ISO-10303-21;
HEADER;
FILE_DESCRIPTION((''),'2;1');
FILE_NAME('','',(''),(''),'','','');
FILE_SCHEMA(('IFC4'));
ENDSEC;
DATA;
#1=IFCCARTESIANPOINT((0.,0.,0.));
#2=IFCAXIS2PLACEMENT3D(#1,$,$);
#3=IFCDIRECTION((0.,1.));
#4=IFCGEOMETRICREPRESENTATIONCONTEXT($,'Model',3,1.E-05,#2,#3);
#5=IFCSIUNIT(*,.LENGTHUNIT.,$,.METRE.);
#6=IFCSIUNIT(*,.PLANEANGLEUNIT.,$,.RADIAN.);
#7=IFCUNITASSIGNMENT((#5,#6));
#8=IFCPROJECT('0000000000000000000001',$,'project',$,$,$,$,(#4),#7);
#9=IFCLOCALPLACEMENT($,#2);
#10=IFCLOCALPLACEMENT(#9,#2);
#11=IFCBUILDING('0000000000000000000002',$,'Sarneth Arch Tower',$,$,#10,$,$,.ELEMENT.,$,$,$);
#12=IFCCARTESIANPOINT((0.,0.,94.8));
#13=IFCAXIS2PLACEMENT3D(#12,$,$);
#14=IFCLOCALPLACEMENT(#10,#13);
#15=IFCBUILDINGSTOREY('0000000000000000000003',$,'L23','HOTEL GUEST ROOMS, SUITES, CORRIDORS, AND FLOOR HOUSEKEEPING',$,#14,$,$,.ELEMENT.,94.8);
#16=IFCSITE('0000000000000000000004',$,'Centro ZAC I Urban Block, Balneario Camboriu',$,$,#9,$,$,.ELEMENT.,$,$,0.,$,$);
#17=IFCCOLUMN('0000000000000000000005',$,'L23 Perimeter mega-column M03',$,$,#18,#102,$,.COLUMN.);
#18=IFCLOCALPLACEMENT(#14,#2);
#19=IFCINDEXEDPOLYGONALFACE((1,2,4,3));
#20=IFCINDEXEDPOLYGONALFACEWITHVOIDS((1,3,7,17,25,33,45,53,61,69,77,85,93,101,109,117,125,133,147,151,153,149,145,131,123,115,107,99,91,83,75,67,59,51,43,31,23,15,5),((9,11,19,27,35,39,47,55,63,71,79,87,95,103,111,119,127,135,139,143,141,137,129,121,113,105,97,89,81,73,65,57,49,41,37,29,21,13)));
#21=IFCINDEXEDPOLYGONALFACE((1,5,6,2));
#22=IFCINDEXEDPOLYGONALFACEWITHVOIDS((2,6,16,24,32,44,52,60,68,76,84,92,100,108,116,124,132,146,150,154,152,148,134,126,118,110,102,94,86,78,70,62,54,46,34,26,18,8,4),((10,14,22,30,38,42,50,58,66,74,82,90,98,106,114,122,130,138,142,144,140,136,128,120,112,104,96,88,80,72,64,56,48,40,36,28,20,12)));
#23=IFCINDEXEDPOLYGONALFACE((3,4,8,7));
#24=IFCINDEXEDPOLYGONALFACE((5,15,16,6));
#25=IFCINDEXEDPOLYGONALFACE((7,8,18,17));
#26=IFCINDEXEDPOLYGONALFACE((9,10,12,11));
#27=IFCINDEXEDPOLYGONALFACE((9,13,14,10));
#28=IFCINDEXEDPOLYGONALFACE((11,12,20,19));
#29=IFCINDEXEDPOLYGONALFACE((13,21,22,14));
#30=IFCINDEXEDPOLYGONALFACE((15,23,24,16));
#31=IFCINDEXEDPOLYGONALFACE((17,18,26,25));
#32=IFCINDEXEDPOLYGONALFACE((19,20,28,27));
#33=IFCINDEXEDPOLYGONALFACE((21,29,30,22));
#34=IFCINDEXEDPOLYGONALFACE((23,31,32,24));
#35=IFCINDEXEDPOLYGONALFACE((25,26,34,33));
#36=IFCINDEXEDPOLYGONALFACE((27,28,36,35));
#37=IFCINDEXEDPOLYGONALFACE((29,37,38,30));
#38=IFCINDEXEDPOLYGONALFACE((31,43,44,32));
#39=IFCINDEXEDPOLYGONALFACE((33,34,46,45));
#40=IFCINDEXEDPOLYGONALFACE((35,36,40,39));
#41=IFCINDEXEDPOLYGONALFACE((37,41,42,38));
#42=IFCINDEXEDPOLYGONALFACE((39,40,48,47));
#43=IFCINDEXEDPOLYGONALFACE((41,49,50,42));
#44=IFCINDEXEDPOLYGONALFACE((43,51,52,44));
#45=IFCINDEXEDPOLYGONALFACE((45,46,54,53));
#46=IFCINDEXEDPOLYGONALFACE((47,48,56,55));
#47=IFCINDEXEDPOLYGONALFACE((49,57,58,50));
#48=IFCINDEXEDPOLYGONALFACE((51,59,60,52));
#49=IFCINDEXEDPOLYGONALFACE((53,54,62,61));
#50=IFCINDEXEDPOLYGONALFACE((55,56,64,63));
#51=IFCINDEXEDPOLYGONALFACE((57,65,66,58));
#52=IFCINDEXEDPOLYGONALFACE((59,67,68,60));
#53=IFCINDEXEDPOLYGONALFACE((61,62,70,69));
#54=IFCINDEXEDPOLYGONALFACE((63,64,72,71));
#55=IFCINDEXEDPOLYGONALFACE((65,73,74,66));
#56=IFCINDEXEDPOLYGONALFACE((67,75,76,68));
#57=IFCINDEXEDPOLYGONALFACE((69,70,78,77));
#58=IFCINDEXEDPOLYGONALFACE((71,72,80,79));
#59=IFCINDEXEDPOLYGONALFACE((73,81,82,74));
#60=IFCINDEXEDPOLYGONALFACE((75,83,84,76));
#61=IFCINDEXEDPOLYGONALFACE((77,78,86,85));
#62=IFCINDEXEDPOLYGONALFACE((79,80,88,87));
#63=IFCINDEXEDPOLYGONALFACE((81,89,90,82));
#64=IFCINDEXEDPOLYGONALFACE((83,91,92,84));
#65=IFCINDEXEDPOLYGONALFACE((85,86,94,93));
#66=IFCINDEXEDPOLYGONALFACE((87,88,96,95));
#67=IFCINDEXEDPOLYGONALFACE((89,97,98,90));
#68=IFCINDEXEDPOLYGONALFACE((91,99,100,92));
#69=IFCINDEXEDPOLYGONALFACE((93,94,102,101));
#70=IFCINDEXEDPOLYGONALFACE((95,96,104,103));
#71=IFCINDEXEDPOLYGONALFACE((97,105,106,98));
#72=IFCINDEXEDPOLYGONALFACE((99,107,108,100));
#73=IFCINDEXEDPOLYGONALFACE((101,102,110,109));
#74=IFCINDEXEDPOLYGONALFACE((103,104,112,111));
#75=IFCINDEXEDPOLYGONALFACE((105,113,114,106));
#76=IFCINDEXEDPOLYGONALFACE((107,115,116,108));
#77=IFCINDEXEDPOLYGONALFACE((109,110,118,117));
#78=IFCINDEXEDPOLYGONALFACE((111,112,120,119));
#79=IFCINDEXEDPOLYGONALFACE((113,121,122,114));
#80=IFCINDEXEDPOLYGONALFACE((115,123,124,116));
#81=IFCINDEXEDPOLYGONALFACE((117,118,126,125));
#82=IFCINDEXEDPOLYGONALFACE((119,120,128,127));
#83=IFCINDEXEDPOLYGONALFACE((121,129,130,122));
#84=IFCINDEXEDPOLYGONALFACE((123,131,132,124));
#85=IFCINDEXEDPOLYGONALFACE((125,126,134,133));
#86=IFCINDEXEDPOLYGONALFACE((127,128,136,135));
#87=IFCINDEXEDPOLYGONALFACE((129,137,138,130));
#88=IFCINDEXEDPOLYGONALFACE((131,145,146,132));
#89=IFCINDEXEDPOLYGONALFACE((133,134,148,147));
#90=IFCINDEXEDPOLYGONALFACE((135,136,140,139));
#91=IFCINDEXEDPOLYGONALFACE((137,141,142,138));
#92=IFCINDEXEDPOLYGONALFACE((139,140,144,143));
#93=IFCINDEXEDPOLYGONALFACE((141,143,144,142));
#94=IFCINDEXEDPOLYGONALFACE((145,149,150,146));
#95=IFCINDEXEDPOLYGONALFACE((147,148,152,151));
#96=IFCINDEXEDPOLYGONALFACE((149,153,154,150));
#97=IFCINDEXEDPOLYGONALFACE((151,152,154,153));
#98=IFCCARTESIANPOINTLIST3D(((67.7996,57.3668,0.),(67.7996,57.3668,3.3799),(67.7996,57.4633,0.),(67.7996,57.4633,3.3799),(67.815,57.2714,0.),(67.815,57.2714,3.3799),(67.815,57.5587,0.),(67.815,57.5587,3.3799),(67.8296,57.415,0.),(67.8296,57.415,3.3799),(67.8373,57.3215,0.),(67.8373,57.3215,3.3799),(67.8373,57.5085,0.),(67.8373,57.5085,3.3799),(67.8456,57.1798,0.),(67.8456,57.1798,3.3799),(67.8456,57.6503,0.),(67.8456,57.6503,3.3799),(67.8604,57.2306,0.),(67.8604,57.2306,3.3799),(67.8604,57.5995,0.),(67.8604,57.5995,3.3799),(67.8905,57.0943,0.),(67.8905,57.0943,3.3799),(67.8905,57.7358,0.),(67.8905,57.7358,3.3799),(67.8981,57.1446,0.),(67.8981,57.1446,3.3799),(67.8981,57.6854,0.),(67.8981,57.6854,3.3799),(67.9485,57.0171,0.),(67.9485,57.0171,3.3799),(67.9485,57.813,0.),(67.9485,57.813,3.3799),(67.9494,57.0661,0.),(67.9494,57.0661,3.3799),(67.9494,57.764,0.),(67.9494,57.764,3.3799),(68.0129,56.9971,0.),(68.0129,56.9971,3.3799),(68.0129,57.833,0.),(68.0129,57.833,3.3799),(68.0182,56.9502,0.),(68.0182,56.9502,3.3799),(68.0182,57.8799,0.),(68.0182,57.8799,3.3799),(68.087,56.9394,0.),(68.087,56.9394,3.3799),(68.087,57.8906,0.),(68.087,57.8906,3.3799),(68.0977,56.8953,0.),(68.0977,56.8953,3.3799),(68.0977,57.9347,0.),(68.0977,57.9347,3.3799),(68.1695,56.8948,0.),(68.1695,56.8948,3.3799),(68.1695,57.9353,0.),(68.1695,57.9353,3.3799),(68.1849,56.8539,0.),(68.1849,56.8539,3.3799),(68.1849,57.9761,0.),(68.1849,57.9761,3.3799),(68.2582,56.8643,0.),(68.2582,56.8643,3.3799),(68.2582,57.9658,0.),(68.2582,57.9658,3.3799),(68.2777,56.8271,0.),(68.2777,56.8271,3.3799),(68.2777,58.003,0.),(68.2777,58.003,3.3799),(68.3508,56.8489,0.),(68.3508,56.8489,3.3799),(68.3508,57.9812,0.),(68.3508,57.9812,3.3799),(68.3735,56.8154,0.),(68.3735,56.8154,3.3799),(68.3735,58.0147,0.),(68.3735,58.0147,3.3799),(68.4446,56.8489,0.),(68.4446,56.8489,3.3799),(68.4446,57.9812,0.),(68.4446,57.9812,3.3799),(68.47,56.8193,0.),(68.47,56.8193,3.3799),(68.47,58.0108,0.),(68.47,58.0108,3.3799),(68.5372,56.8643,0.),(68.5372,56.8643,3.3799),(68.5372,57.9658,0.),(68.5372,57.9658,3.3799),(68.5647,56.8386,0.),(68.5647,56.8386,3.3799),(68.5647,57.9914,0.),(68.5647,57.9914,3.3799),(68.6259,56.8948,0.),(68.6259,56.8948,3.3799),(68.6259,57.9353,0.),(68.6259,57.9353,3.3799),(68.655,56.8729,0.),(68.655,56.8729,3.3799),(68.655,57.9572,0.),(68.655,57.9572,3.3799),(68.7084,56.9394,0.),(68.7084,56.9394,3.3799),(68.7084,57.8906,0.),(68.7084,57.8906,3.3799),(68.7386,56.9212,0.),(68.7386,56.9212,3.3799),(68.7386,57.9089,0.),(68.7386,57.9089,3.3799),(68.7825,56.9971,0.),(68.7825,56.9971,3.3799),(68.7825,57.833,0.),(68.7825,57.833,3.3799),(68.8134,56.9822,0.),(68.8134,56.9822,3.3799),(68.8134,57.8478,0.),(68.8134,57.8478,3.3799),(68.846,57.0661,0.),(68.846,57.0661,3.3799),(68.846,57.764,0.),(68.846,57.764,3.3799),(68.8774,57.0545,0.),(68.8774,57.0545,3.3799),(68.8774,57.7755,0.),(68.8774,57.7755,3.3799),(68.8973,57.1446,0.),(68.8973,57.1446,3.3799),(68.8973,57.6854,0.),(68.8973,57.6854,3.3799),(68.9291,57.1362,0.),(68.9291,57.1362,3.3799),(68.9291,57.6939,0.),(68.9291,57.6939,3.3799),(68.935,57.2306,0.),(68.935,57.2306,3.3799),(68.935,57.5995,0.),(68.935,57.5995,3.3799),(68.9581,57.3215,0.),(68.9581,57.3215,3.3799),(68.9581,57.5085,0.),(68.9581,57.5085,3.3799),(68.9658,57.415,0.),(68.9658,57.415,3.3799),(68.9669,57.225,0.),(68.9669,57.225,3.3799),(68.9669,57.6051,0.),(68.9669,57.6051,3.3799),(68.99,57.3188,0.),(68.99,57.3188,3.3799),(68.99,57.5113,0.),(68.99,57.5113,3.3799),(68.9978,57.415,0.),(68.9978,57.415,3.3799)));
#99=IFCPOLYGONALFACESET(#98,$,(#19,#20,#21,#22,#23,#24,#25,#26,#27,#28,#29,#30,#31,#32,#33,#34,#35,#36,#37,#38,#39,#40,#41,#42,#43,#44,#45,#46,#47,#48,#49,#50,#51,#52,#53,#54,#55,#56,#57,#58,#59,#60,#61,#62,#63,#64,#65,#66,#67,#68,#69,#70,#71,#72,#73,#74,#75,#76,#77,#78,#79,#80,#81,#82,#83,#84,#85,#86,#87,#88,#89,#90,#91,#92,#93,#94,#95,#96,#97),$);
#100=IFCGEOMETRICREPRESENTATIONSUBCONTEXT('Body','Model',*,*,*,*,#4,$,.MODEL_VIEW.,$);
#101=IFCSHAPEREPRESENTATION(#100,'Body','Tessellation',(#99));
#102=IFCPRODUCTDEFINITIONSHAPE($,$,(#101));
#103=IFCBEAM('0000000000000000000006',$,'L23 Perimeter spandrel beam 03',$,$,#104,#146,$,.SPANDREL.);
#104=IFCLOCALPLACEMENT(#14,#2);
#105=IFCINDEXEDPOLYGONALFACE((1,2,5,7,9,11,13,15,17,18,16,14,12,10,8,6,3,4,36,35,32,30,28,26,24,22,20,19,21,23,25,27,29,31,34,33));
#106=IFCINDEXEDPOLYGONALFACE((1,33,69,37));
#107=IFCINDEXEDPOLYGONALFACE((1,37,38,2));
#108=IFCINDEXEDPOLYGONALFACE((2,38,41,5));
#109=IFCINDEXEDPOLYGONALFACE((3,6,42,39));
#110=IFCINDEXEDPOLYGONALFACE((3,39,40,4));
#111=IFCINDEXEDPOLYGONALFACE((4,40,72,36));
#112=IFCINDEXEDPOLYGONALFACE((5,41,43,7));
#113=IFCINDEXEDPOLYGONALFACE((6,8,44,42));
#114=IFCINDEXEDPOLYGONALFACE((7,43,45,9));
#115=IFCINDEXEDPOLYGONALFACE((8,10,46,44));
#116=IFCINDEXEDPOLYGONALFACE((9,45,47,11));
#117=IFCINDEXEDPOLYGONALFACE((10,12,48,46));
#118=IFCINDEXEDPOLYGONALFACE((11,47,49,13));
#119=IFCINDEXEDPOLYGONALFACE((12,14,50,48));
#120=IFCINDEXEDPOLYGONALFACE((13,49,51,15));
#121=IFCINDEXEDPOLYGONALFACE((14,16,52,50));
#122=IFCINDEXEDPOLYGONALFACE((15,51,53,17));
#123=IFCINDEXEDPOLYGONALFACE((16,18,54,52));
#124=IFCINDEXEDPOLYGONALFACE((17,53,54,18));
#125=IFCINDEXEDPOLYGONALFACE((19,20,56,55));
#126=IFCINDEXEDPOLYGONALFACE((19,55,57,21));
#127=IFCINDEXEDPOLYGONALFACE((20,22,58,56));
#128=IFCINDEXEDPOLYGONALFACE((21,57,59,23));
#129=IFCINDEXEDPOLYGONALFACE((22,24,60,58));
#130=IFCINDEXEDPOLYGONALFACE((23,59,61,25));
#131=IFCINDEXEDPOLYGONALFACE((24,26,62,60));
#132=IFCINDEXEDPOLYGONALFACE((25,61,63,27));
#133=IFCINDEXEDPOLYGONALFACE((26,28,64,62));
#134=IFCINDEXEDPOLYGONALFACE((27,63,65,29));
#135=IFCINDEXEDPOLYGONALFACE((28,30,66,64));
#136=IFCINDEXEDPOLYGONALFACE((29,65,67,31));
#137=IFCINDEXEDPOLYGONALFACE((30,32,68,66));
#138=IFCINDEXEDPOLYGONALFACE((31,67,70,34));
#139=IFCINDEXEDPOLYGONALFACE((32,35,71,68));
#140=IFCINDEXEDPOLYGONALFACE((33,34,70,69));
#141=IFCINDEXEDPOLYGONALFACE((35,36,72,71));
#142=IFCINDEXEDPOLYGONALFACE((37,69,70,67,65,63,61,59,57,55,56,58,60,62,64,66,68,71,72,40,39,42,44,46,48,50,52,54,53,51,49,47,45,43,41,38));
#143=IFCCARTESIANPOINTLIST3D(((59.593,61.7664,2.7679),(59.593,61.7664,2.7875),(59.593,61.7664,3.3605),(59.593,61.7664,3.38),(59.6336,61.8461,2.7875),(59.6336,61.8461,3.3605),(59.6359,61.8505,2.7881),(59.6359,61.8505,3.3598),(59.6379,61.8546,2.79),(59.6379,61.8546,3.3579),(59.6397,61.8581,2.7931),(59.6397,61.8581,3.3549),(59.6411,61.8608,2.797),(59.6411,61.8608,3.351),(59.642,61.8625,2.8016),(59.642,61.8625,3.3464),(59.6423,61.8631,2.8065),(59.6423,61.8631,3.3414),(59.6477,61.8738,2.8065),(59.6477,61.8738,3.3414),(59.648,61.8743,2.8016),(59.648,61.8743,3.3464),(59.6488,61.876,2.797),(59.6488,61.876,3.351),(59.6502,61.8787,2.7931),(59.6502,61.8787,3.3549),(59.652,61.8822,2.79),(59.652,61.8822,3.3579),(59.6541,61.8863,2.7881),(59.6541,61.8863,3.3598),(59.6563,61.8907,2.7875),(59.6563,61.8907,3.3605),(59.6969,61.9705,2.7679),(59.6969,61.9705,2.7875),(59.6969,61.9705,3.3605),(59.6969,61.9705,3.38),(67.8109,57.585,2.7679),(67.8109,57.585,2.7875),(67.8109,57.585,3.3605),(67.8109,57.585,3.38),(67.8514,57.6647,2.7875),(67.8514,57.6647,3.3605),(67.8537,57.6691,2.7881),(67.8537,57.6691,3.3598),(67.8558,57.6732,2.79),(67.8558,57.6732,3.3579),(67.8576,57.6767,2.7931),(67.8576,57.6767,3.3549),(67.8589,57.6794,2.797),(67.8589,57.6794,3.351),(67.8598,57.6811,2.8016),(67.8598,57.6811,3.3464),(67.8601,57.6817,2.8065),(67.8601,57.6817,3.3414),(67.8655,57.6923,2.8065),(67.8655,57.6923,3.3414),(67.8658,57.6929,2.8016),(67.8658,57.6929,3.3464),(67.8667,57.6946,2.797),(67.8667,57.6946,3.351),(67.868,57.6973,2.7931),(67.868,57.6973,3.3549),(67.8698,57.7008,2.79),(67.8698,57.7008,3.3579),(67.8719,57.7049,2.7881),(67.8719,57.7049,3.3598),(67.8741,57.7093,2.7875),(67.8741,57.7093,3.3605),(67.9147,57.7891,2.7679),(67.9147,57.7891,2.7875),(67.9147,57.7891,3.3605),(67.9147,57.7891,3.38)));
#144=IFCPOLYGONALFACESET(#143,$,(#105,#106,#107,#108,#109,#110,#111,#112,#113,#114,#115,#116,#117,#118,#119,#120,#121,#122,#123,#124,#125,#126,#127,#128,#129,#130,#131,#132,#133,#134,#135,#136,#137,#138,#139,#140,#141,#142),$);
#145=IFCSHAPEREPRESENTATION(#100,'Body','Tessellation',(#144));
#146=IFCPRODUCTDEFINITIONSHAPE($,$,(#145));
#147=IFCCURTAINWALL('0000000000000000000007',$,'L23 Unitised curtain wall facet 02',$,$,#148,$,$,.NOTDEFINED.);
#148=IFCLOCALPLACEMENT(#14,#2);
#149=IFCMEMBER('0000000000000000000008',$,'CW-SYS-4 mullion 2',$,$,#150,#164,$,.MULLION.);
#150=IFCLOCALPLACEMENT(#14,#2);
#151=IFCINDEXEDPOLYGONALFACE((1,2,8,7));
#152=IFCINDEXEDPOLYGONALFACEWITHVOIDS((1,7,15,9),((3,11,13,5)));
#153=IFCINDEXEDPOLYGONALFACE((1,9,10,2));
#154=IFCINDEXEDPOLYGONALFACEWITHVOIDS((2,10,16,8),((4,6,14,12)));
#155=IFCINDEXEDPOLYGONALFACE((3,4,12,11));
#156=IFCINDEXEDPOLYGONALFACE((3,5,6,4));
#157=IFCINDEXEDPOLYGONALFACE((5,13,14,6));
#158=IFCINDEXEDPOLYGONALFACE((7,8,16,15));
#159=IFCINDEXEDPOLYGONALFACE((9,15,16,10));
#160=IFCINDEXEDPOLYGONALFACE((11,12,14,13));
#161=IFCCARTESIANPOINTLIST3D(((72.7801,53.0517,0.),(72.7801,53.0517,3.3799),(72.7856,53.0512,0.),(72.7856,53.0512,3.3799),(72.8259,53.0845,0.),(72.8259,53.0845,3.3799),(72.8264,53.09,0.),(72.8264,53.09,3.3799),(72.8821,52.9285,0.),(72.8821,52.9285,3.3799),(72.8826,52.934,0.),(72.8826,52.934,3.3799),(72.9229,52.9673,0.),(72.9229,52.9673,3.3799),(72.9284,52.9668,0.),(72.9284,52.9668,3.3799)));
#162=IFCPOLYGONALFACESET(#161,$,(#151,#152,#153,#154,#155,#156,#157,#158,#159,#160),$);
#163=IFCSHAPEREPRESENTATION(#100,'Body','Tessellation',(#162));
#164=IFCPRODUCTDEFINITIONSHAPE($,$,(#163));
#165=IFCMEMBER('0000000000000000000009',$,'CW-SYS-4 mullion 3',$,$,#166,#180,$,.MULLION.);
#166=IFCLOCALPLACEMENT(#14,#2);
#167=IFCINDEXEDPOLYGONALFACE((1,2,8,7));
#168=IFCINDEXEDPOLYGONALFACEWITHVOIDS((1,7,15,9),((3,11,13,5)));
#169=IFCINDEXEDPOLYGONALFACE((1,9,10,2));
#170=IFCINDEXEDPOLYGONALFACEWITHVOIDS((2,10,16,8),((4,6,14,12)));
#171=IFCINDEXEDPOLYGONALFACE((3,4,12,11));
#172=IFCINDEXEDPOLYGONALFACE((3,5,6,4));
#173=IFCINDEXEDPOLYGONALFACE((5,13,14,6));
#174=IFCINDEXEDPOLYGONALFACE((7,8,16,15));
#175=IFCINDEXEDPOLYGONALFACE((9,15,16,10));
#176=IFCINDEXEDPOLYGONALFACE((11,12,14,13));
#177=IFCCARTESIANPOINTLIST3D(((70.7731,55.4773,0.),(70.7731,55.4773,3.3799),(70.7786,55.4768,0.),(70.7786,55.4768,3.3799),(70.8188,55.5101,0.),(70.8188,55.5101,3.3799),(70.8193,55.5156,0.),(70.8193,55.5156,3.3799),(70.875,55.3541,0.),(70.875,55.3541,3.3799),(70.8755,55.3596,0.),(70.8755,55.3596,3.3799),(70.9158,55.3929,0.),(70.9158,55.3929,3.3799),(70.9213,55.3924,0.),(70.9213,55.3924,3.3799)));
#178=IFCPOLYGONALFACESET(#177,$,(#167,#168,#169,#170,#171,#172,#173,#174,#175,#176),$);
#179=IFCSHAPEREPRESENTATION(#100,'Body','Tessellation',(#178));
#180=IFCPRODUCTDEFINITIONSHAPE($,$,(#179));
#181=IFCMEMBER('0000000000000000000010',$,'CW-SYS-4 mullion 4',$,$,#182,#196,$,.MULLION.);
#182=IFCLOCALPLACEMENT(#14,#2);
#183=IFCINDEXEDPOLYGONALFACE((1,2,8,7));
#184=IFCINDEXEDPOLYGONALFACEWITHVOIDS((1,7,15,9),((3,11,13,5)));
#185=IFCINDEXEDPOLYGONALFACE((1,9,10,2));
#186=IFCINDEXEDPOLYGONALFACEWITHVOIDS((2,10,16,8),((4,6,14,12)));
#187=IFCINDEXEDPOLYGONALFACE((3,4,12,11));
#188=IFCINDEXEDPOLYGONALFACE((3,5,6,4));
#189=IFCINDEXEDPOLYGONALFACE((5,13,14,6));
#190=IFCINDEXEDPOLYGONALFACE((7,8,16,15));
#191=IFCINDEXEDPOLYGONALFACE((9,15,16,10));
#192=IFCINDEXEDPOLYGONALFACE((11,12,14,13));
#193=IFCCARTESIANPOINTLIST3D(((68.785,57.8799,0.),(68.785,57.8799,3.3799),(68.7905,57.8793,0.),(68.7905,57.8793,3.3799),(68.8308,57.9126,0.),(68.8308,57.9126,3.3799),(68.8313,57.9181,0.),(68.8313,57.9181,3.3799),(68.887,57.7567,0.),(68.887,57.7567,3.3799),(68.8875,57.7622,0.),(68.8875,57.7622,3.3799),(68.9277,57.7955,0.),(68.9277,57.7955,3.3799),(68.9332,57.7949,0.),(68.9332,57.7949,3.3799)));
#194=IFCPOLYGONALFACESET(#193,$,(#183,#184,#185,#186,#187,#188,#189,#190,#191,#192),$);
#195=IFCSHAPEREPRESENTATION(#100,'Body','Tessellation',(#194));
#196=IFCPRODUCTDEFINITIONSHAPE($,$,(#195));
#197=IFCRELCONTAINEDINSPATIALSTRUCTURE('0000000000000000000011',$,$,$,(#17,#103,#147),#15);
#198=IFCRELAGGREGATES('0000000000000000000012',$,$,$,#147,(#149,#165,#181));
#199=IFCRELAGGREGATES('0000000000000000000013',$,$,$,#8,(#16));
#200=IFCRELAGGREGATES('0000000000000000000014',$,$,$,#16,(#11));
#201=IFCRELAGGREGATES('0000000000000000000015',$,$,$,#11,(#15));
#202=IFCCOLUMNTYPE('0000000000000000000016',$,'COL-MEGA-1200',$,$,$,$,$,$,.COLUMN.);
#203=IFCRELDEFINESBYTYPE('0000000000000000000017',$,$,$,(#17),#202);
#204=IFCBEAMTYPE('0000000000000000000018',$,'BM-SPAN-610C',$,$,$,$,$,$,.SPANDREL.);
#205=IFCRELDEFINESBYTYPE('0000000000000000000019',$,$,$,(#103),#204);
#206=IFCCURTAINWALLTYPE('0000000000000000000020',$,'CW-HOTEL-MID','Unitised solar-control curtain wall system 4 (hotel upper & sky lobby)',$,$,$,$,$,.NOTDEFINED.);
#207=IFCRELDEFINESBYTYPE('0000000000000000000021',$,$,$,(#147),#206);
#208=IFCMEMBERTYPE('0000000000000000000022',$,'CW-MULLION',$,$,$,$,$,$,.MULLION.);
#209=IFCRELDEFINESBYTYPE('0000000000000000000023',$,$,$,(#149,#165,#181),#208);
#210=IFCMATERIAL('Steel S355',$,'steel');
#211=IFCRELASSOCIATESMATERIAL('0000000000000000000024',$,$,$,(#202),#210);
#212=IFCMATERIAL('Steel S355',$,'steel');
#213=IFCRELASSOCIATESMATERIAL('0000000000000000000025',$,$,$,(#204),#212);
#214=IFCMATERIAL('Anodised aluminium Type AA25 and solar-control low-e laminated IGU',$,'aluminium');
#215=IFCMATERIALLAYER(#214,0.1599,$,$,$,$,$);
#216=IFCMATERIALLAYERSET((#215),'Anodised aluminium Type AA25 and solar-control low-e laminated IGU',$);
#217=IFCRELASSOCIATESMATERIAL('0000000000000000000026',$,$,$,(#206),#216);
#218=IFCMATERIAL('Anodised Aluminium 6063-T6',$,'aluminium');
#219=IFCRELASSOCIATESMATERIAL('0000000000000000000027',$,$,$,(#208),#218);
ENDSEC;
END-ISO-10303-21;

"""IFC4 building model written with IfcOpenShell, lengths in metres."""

from ifc_helpers import new_model, si_unit, direction, frame, origin, origin_2d, place, context, subcontext, project, spatial, hollow_rectangle, hollow_circle, i_section, extrude, material, layer, layer_set, material_profile, profile_set, type_object, element, aggregate, save


model = new_model("IFC4")

# Units and contexts
model_context = context("Model", 3, precision=1e-05, world=origin(), true_north=direction((0.0, 1.0)))
body_context = subcontext(model_context, "Body", "Model", "MODEL_VIEW")
ifc_project = project(units=[si_unit("LENGTHUNIT", "METRE"), si_unit("PLANEANGLEUNIT", "RADIAN")], contexts=[model_context])

# Site, building, storey
site_placement = place(None, origin())
site = spatial("IfcSite", under=ifc_project, at=site_placement, Name="Centro ZAC I Urban Block, Balneario Camboriu", CompositionType="ELEMENT", RefElevation=0.0)
building_placement = place(site_placement, origin())
building = spatial("IfcBuilding", under=site, at=building_placement, Name="Sarneth Arch Tower", CompositionType="ELEMENT")
storey_placement = place(building_placement, frame((0.0, 0.0, 94.8)))
storey = spatial("IfcBuildingStorey", under=building, at=storey_placement, Name="L23", Description="HOTEL GUEST ROOMS, SUITES, CORRIDORS, AND FLOOR HOUSEKEEPING", CompositionType="ELEMENT", Elevation=94.8)

# Column
ifc_material_1 = material(Name="Steel S355", Category="steel")
ifc_material_profile_1 = material_profile(ifc_material_1, hollow_circle(Radius=0.6001, WallThickness=0.032, at=origin_2d()), Name="CHS1200x32")
ifc_profile_set_1 = profile_set([ifc_material_profile_1], Name="Steel S355")
column_type = type_object("IfcColumnType", Name="COL-MEGA-1200", PredefinedType="COLUMN", material=ifc_profile_set_1)
column_placement = place(storey_placement, frame((68.3977, 57.415, 0.0), z_axis=(0.0, 0.0, 1.0), x_axis=(1.0, 0.0, 0.0)))
element("IfcColumn", 1, at=column_placement, inside=storey, type_object=column_type, Name="L23 Perimeter mega-column M03", PredefinedType="COLUMN", context=body_context, shape_type="SweptSolid", body=[
    extrude(hollow_circle(Radius=0.6001, WallThickness=0.032, at=origin_2d()), origin(), (0.0, 0.0, 1.0), 3.3799),
])

# Beam
ifc_material_2 = material(Name="Steel S355", Category="steel")
ifc_material_profile_2 = material_profile(ifc_material_2, i_section(OverallWidth=0.229, OverallDepth=0.6121, WebThickness=0.012, FlangeThickness=0.0195, FilletRadius=0.019, at=origin_2d()), Name="W610x125")
ifc_profile_set_2 = profile_set([ifc_material_profile_2], Name="Steel S355")
beam_type = type_object("IfcBeamType", Name="BM-SPAN-610C", PredefinedType="SPANDREL", material=ifc_profile_set_2)
beam_placement = place(storey_placement, frame((67.8628, 57.687, 3.074), z_axis=(-0.891259, 0.453494, 0.0), x_axis=(-0.453494, -0.891259, 0.0)))
element("IfcBeam", 2, at=beam_placement, inside=storey, type_object=beam_type, Name="L23 Perimeter spandrel beam 03", PredefinedType="SPANDREL", context=body_context, shape_type="SweptSolid", body=[
    extrude(i_section(OverallWidth=0.229, OverallDepth=0.6121, WebThickness=0.012, FlangeThickness=0.0195, FilletRadius=0.019, at=origin_2d()), origin(), (0.0, 0.0, 1.0), 9.2205),
])

# Curtain wall, members
ifc_material_3 = material(Name="Anodised aluminium Type AA25 and solar-control low-e laminated IGU", Category="aluminium")
ifc_layer_1 = layer(ifc_material_3, 0.1599)
ifc_layer_set_1 = layer_set([ifc_layer_1], Name="Anodised aluminium Type AA25 and solar-control low-e laminated IGU")
curtain_wall_type = type_object("IfcCurtainWallType", Name="CW-HOTEL-MID", Description="Unitised solar-control curtain wall system 4 (hotel upper & sky lobby)", PredefinedType="NOTDEFINED", material=ifc_layer_set_1)
curtain_wall_placement = place(storey_placement, origin())
curtain_wall = element("IfcCurtainWall", 3, at=curtain_wall_placement, inside=storey, type_object=curtain_wall_type, Name="L23 Unitised curtain wall facet 02", PredefinedType="NOTDEFINED")
ifc_material_4 = material(Name="Anodised Aluminium 6063-T6", Category="aluminium")
ifc_material_profile_3 = material_profile(ifc_material_4, hollow_rectangle(XDim=0.0601, YDim=0.1599, WallThickness=0.0039, at=origin_2d()), Name="AL-MULL-160x60x4")
ifc_profile_set_3 = profile_set([ifc_material_profile_3], Name="Anodised Aluminium 6063-T6")
member_type_1 = type_object("IfcMemberType", Name="CW-MULLION", PredefinedType="MULLION", material=ifc_profile_set_3)
member_1_placement = place(storey_placement, frame((72.8542, 53.0093, 0.0), z_axis=(0.0, 0.0, 1.0), x_axis=(-0.770438, -0.637515, 0.0)))
member_1 = element("IfcMember", 4, at=member_1_placement, type_object=member_type_1, Name="CW-SYS-4 mullion 2", PredefinedType="MULLION", context=body_context, shape_type="SweptSolid", body=[
    extrude(hollow_rectangle(XDim=0.0601, YDim=0.1599, WallThickness=0.0039, at=origin_2d()), origin(), (0.0, 0.0, 1.0), 3.3799),
])
member_2_placement = place(storey_placement, frame((70.8472, 55.4348, 0.0), z_axis=(0.0, 0.0, 1.0), x_axis=(-0.770438, -0.637515, 0.0)))
member_2 = element("IfcMember", 5, at=member_2_placement, type_object=member_type_1, Name="CW-SYS-4 mullion 3", PredefinedType="MULLION", context=body_context, shape_type="SweptSolid", body=[
    extrude(hollow_rectangle(XDim=0.0601, YDim=0.1599, WallThickness=0.0039, at=origin_2d()), origin(), (0.0, 0.0, 1.0), 3.3799),
])
member_3_placement = place(storey_placement, frame((68.8591, 57.8374, 0.0), z_axis=(0.0, 0.0, 1.0), x_axis=(-0.770438, -0.637515, 0.0)))
member_3 = element("IfcMember", 6, at=member_3_placement, type_object=member_type_1, Name="CW-SYS-4 mullion 4", PredefinedType="MULLION", context=body_context, shape_type="SweptSolid", body=[
    extrude(hollow_rectangle(XDim=0.0601, YDim=0.1599, WallThickness=0.0039, at=origin_2d()), origin(), (0.0, 0.0, 1.0), 3.3799),
])

aggregate(curtain_wall, [member_1, member_2, member_3])

save(model, "model.ifc")
